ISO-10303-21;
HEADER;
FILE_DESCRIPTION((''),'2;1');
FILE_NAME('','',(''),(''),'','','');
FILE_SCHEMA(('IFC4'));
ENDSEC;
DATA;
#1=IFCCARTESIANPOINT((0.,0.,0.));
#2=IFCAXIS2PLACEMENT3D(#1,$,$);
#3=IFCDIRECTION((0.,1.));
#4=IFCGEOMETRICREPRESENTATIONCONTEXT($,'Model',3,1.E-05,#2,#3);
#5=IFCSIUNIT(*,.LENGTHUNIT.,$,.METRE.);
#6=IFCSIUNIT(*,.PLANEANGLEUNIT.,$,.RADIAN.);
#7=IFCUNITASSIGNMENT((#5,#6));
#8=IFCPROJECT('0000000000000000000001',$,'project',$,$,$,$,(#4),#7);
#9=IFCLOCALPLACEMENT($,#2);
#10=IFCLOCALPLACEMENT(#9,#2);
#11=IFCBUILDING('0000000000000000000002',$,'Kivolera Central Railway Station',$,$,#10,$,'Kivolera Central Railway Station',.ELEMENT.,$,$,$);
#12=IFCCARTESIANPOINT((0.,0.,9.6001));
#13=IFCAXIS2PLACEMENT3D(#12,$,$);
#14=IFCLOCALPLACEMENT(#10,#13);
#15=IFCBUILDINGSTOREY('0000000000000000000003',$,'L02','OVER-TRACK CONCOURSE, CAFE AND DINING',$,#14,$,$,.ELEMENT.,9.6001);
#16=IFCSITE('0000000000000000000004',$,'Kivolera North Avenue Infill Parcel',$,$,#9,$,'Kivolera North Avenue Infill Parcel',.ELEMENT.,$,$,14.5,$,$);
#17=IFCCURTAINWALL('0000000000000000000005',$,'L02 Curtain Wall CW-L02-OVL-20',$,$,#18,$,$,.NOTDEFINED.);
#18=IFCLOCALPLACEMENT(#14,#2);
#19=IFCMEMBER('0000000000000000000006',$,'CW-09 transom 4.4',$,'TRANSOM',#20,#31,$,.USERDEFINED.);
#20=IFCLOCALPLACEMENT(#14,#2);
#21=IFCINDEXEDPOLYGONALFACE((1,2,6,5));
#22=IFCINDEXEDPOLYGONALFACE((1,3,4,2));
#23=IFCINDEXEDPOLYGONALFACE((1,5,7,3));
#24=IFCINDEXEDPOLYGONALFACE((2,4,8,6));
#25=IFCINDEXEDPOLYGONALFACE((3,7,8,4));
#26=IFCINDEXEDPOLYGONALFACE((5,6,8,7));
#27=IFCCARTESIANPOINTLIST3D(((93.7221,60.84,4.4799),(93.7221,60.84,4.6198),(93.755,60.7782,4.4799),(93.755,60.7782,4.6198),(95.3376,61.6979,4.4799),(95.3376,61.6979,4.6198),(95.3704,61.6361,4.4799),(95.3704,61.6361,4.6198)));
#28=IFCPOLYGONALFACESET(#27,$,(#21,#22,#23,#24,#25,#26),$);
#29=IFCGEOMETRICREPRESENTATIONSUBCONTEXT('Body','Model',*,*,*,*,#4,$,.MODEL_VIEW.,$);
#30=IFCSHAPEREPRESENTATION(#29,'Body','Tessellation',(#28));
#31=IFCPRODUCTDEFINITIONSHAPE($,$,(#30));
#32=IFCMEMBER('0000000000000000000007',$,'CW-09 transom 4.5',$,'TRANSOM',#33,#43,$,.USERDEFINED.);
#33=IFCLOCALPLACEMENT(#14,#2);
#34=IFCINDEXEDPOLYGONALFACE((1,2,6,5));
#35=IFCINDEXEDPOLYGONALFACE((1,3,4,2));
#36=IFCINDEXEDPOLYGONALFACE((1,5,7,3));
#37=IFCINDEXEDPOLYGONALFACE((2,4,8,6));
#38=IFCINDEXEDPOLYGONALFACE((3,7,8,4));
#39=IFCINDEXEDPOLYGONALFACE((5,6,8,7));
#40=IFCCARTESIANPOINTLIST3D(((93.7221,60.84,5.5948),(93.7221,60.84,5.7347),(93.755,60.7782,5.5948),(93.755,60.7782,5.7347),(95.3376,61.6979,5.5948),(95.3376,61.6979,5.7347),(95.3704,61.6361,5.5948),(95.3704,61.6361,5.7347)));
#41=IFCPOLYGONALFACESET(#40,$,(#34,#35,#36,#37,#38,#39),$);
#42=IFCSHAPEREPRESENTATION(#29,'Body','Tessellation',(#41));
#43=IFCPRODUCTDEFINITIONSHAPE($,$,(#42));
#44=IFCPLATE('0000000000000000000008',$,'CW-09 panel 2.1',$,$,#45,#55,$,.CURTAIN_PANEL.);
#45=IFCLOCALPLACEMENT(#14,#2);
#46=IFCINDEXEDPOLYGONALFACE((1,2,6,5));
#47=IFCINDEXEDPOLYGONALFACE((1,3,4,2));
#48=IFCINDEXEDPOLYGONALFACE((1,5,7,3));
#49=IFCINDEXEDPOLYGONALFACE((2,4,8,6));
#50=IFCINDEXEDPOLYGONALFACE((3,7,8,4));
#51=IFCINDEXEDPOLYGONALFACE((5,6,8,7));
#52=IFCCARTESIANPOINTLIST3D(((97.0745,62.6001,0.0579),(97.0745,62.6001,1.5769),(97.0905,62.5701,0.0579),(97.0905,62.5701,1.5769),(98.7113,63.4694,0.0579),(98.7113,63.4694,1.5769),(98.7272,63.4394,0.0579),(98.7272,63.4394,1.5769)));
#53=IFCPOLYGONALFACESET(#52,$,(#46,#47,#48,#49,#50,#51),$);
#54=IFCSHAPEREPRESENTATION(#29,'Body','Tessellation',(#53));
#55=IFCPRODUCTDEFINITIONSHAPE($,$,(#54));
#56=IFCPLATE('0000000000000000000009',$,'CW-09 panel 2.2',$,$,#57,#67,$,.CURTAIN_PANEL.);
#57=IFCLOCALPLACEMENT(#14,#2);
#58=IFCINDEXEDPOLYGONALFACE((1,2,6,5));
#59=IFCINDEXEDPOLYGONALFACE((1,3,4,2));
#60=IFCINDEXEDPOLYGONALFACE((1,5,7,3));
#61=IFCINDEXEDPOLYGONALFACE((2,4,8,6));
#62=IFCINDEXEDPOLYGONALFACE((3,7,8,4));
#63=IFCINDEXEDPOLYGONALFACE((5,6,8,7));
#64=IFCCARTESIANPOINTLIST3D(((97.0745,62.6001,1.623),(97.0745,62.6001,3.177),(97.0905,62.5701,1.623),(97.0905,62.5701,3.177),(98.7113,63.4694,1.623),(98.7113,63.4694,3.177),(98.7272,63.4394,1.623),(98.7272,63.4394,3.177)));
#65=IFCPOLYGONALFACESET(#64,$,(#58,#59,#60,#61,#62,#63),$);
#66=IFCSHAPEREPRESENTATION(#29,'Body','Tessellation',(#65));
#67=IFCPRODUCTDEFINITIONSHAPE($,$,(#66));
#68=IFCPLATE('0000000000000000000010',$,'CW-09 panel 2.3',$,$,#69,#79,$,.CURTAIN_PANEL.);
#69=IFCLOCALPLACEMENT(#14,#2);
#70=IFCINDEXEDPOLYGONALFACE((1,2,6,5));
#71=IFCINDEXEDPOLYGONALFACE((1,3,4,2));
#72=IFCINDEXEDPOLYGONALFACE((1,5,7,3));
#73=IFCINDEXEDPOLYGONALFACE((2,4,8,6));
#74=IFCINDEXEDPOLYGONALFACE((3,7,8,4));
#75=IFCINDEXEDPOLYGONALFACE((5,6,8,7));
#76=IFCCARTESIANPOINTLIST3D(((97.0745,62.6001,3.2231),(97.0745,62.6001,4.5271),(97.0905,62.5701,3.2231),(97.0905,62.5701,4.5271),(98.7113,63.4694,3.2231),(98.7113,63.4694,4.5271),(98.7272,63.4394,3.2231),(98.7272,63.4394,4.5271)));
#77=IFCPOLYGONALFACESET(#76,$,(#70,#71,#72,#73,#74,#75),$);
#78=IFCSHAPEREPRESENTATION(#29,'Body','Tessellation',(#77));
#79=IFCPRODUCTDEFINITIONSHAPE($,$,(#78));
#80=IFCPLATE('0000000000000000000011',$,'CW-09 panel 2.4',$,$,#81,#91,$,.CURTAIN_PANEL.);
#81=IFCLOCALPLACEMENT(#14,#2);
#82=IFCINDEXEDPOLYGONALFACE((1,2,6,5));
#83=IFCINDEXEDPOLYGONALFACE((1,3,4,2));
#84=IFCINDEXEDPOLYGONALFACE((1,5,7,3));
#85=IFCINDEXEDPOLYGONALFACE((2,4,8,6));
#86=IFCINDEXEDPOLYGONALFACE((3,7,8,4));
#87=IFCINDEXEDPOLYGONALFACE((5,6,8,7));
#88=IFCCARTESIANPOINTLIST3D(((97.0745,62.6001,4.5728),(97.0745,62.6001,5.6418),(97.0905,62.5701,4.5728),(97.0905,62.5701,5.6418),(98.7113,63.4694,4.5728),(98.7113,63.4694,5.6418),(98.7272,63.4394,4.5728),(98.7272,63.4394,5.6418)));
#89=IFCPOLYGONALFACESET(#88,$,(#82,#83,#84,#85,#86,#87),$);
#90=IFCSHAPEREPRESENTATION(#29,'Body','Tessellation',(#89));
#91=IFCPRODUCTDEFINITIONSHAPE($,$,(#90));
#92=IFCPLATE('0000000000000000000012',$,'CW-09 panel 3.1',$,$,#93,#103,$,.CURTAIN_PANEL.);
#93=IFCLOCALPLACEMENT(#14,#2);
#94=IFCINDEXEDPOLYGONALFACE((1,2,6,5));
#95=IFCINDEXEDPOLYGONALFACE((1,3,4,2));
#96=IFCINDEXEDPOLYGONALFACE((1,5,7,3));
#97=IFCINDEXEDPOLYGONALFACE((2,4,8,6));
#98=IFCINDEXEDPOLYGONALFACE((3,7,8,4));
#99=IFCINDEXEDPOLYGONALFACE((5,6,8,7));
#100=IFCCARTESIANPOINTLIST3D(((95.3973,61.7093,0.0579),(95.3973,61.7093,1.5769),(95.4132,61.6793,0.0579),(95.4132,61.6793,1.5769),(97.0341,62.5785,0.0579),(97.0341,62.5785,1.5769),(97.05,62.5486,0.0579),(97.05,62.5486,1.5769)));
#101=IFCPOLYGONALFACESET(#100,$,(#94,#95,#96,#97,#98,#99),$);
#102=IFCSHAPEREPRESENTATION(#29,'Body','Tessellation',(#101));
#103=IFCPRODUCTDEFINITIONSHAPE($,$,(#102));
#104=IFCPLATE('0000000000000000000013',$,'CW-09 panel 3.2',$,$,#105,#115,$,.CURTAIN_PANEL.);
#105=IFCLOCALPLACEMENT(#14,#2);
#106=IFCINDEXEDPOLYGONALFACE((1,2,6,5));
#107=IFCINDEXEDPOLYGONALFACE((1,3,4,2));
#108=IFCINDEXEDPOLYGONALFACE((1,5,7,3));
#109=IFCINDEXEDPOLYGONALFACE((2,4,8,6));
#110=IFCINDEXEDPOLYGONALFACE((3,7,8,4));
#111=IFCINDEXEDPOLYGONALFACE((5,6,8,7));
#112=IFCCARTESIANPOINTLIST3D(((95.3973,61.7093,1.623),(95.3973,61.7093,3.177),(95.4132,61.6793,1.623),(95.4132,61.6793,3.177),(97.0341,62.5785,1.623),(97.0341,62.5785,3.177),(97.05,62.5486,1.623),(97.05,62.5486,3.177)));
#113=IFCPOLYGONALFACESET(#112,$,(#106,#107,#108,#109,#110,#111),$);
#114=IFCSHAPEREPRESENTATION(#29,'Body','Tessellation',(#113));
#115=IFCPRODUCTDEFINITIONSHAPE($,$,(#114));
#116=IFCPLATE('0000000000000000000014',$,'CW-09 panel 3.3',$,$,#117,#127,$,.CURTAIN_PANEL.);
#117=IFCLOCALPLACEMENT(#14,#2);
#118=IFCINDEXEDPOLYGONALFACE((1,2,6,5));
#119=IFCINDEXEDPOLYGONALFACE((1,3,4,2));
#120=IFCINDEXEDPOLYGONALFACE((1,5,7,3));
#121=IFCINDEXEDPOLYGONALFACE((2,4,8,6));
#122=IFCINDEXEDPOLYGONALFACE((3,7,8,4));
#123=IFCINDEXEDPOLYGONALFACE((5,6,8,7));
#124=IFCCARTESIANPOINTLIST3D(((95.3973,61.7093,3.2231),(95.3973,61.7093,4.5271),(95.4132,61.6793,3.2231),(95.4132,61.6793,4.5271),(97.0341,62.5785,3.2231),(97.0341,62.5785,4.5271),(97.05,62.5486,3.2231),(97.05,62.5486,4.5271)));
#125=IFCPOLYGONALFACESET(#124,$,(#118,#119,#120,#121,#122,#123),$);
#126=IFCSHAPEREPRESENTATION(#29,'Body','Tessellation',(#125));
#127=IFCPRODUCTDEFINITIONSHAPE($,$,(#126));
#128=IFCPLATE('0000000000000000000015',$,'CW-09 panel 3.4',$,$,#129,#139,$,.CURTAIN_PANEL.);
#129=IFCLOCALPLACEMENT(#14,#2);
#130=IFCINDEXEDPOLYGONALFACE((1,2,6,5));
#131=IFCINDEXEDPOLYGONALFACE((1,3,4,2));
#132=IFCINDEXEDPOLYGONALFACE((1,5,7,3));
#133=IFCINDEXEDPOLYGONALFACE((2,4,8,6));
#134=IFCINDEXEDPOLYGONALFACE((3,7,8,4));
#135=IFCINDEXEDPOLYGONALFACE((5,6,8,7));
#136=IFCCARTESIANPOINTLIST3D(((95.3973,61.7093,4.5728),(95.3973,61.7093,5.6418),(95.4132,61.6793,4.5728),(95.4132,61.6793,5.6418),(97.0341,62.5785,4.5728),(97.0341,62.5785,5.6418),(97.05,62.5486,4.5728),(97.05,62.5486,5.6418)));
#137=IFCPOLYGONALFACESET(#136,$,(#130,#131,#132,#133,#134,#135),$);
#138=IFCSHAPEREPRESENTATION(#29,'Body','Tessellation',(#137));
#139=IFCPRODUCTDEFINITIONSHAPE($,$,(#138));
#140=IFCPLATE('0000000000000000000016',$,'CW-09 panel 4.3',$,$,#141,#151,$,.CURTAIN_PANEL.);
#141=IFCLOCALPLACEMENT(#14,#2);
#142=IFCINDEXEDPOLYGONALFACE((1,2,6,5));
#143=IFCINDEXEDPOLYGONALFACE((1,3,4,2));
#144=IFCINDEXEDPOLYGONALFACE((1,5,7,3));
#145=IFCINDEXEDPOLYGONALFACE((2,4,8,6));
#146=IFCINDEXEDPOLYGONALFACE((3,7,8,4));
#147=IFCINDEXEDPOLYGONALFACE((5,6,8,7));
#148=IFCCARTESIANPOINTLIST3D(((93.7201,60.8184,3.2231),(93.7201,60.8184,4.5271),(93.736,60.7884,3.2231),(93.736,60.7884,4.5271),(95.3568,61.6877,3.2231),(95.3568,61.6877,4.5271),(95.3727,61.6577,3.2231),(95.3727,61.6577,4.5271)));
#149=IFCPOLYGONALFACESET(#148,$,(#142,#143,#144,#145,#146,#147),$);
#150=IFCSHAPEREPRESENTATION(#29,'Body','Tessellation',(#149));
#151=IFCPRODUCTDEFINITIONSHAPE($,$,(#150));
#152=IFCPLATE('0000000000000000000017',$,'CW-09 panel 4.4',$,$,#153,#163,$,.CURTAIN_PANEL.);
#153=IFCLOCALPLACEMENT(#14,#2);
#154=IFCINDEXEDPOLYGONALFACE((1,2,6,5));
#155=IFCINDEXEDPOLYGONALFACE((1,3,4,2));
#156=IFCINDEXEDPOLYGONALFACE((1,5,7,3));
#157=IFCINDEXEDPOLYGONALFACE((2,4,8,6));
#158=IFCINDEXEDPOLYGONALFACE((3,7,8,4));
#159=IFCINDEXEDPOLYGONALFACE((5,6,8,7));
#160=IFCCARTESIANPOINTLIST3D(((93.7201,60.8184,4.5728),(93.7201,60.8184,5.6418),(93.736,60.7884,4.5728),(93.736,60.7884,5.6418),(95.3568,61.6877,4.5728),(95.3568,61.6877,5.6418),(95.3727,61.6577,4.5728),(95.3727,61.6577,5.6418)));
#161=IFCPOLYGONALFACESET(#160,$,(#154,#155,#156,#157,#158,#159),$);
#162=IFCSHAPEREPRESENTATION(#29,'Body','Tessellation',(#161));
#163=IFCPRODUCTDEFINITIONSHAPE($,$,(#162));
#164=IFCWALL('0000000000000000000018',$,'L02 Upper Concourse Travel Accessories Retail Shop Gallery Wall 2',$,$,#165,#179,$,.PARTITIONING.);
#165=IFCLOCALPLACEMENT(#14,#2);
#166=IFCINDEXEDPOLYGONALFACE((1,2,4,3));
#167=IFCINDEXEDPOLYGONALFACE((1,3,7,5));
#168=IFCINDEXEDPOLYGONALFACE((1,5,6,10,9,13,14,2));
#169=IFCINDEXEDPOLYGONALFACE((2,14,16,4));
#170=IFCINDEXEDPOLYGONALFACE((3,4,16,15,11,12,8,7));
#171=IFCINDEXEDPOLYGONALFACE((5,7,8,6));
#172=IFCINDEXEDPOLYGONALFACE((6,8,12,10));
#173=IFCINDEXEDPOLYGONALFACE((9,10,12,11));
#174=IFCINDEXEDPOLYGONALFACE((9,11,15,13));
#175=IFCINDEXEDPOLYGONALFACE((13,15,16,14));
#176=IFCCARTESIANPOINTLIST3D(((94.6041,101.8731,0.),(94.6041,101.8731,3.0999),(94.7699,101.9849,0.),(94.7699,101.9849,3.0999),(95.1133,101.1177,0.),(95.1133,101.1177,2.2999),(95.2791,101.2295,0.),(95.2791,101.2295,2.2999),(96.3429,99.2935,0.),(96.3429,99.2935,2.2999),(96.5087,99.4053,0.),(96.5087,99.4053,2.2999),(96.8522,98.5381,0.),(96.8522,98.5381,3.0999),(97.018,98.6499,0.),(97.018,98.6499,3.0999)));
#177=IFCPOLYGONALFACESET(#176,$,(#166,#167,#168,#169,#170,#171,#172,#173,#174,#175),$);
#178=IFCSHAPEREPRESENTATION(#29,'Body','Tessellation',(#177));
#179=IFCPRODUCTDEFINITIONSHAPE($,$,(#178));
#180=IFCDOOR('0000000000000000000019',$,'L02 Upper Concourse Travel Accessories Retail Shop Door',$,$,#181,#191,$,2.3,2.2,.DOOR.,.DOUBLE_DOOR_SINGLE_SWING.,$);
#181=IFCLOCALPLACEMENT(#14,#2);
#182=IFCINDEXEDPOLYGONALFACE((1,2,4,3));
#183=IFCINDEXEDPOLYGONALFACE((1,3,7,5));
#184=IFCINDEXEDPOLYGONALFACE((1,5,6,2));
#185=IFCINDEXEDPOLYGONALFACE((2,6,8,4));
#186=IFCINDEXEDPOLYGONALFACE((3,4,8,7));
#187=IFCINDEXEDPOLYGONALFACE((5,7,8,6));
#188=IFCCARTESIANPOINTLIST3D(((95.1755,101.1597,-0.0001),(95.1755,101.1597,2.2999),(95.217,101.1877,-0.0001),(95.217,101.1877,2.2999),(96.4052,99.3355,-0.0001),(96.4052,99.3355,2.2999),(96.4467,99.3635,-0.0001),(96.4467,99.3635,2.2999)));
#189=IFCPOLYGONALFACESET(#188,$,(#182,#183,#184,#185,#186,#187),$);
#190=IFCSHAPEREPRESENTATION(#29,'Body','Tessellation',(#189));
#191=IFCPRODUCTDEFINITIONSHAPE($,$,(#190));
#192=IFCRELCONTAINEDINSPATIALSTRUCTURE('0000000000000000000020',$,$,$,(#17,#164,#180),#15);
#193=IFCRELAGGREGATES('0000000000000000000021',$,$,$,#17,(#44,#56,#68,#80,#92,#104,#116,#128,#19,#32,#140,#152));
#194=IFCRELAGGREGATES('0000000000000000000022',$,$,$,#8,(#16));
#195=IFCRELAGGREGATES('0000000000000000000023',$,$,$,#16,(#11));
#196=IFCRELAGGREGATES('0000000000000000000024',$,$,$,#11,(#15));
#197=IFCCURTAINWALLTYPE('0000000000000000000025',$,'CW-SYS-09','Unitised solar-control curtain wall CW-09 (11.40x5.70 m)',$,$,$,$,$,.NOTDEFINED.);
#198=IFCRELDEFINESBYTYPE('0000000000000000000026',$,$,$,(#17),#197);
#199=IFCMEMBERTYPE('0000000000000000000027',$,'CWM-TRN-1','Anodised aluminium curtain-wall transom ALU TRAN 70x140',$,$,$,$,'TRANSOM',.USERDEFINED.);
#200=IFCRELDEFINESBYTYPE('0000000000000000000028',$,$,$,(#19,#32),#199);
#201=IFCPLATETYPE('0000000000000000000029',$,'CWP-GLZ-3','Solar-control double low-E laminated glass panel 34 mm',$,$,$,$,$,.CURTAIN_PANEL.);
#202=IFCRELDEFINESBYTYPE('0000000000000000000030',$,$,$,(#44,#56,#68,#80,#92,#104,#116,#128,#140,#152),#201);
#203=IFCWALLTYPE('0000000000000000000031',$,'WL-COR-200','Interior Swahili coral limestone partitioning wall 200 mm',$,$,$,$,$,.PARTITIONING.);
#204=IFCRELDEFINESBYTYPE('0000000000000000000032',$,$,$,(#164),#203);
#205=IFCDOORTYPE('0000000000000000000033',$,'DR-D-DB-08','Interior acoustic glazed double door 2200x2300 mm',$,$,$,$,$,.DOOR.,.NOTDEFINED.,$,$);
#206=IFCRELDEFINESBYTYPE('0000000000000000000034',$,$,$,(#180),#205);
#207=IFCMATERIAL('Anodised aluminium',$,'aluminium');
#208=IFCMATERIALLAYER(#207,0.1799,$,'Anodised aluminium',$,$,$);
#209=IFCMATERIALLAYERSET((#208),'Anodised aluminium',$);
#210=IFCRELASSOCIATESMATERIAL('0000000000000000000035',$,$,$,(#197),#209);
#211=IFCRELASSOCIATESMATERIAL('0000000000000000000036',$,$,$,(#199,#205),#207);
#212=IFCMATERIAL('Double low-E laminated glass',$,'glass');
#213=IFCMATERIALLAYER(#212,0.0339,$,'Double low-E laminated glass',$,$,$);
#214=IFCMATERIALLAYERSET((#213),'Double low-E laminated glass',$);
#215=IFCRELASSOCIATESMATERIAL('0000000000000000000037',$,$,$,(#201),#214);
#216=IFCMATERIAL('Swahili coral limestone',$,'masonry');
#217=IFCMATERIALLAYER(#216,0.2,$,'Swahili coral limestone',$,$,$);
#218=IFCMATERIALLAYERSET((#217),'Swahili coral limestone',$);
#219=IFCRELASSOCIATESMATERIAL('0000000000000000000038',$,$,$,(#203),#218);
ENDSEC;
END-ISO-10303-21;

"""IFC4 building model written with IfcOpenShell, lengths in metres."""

from ifc_helpers import new_model, si_unit, direction, frame, frame_2d, origin, origin_2d, place, context, subcontext, project, spatial, rectangle, extrude, material, layer, layer_set, material_profile, profile_set, type_object, element, fill, aggregate, save


model = new_model("IFC4")

# Units and contexts
model_context = context("Model", 3, precision=1e-05, world=origin(), true_north=direction((0.0, 1.0)))
body_context = subcontext(model_context, "Body", "Model", "MODEL_VIEW")
ifc_project = project(units=[si_unit("LENGTHUNIT", "METRE"), si_unit("PLANEANGLEUNIT", "RADIAN")], contexts=[model_context])

# Site, building, storey
site_placement = place(None, origin())
site = spatial("IfcSite", under=ifc_project, at=site_placement, Name="Kivolera North Avenue Infill Parcel", LongName="Kivolera North Avenue Infill Parcel", CompositionType="ELEMENT", RefElevation=14.5)
building_placement = place(site_placement, origin())
building = spatial("IfcBuilding", under=site, at=building_placement, Name="Kivolera Central Railway Station", LongName="Kivolera Central Railway Station", CompositionType="ELEMENT")
storey_placement = place(building_placement, frame((0.0, 0.0, 9.6001)))
storey = spatial("IfcBuildingStorey", under=building, at=storey_placement, Name="L02", Description="OVER-TRACK CONCOURSE, CAFE AND DINING", CompositionType="ELEMENT", Elevation=9.6001)

# Curtain wall, members, plates
ifc_material_1 = material(Name="Anodised aluminium", Category="aluminium")
ifc_layer_1 = layer(ifc_material_1, 0.1799, Name="Anodised aluminium")
ifc_layer_set_1 = layer_set([ifc_layer_1], Name="Anodised aluminium")
curtain_wall_type = type_object("IfcCurtainWallType", Name="CW-SYS-09", Description="Unitised solar-control curtain wall CW-09 (11.40x5.70 m)", PredefinedType="NOTDEFINED", material=ifc_layer_set_1)
curtain_wall_placement = place(storey_placement, origin())
curtain_wall = element("IfcCurtainWall", 1, at=curtain_wall_placement, inside=storey, type_object=curtain_wall_type, Name="L02 Curtain Wall CW-L02-OVL-20", PredefinedType="NOTDEFINED")
ifc_material_profile_1 = material_profile(ifc_material_1, rectangle(XDim=0.0701, YDim=0.1399, at=origin_2d()), Name="ALU TRAN 70x140")
ifc_profile_set_1 = profile_set([ifc_material_profile_1], Name="Anodised aluminium")
member_type_1 = type_object("IfcMemberType", Name="CWM-TRN-1", Description="Anodised aluminium curtain-wall transom ALU TRAN 70x140", ElementType="TRANSOM", PredefinedType="USERDEFINED", material=ifc_profile_set_1)
member_1_placement = place(storey_placement, frame((95.354, 61.667, 4.5498), z_axis=(-0.883187, -0.469022, 0.0), x_axis=(0.469022, -0.883187, 0.0)))
member_1 = element("IfcMember", 2, at=member_1_placement, type_object=member_type_1, Name="CW-09 transom 4.4", ObjectType="TRANSOM", PredefinedType="USERDEFINED", context=body_context, shape_type="SweptSolid", body=[
    extrude(rectangle(XDim=0.0701, YDim=0.1399, at=origin_2d()), origin(), (0.0, 0.0, 1.0), 1.8291),
])
member_2_placement = place(storey_placement, frame((95.354, 61.667, 5.6648), z_axis=(-0.883187, -0.469022, 0.0), x_axis=(0.469022, -0.883187, 0.0)))
member_2 = element("IfcMember", 3, at=member_2_placement, type_object=member_type_1, Name="CW-09 transom 4.5", ObjectType="TRANSOM", PredefinedType="USERDEFINED", context=body_context, shape_type="SweptSolid", body=[
    extrude(rectangle(XDim=0.0701, YDim=0.1399, at=origin_2d()), origin(), (0.0, 0.0, 1.0), 1.8291),
])
ifc_material_2 = material(Name="Double low-E laminated glass", Category="glass")
ifc_layer_2 = layer(ifc_material_2, 0.0339, Name="Double low-E laminated glass")
ifc_layer_set_2 = layer_set([ifc_layer_2], Name="Double low-E laminated glass")
plate_type = type_object("IfcPlateType", Name="CWP-GLZ-3", Description="Solar-control double low-E laminated glass panel 34 mm", PredefinedType="CURTAIN_PANEL", material=ifc_layer_set_2)
plate_1_placement = place(storey_placement, frame((97.9009, 63.0198, 0.0579), z_axis=(0.0, 0.0, 1.0), x_axis=(-0.88317, -0.469053, 0.0)))
plate_1 = element("IfcPlate", 4, at=plate_1_placement, type_object=plate_type, Name="CW-09 panel 2.1", PredefinedType="CURTAIN_PANEL", context=body_context, shape_type="SweptSolid", body=[
    extrude(rectangle(XDim=1.8533, YDim=0.0339, at=origin_2d()), origin(), (0.0, 0.0, 1.0), 1.519),
])
plate_2_placement = place(storey_placement, frame((97.9009, 63.0198, 1.623), z_axis=(0.0, 0.0, 1.0), x_axis=(-0.88317, -0.469053, 0.0)))
plate_2 = element("IfcPlate", 5, at=plate_2_placement, type_object=plate_type, Name="CW-09 panel 2.2", PredefinedType="CURTAIN_PANEL", context=body_context, shape_type="SweptSolid", body=[
    extrude(rectangle(XDim=1.8533, YDim=0.0339, at=origin_2d()), origin(), (0.0, 0.0, 1.0), 1.554),
])
plate_3_placement = place(storey_placement, frame((97.9009, 63.0198, 3.2231), z_axis=(0.0, 0.0, 1.0), x_axis=(-0.88317, -0.469053, 0.0)))
plate_3 = element("IfcPlate", 6, at=plate_3_placement, type_object=plate_type, Name="CW-09 panel 2.3", PredefinedType="CURTAIN_PANEL", context=body_context, shape_type="SweptSolid", body=[
    extrude(rectangle(XDim=1.8533, YDim=0.0339, at=origin_2d()), origin(), (0.0, 0.0, 1.0), 1.304),
])
plate_4_placement = place(storey_placement, frame((97.9009, 63.0198, 4.5728), z_axis=(0.0, 0.0, 1.0), x_axis=(-0.88317, -0.469053, 0.0)))
plate_4 = element("IfcPlate", 7, at=plate_4_placement, type_object=plate_type, Name="CW-09 panel 2.4", PredefinedType="CURTAIN_PANEL", context=body_context, shape_type="SweptSolid", body=[
    extrude(rectangle(XDim=1.8533, YDim=0.0339, at=origin_2d()), origin(), (0.0, 0.0, 1.0), 1.0691),
])
plate_5_placement = place(storey_placement, frame((96.2236, 62.1289, 0.0579), z_axis=(0.0, 0.0, 1.0), x_axis=(-0.88317, -0.469053, 0.0)))
plate_5 = element("IfcPlate", 8, at=plate_5_placement, type_object=plate_type, Name="CW-09 panel 3.1", PredefinedType="CURTAIN_PANEL", context=body_context, shape_type="SweptSolid", body=[
    extrude(rectangle(XDim=1.8533, YDim=0.0339, at=origin_2d()), origin(), (0.0, 0.0, 1.0), 1.519),
])
plate_6_placement = place(storey_placement, frame((96.2236, 62.1289, 1.623), z_axis=(0.0, 0.0, 1.0), x_axis=(-0.88317, -0.469053, 0.0)))
plate_6 = element("IfcPlate", 9, at=plate_6_placement, type_object=plate_type, Name="CW-09 panel 3.2", PredefinedType="CURTAIN_PANEL", context=body_context, shape_type="SweptSolid", body=[
    extrude(rectangle(XDim=1.8533, YDim=0.0339, at=origin_2d()), origin(), (0.0, 0.0, 1.0), 1.554),
])
plate_7_placement = place(storey_placement, frame((96.2236, 62.1289, 3.2231), z_axis=(0.0, 0.0, 1.0), x_axis=(-0.88317, -0.469053, 0.0)))
plate_7 = element("IfcPlate", 10, at=plate_7_placement, type_object=plate_type, Name="CW-09 panel 3.3", PredefinedType="CURTAIN_PANEL", context=body_context, shape_type="SweptSolid", body=[
    extrude(rectangle(XDim=1.8533, YDim=0.0339, at=origin_2d()), origin(), (0.0, 0.0, 1.0), 1.304),
])
plate_8_placement = place(storey_placement, frame((96.2236, 62.1289, 4.5728), z_axis=(0.0, 0.0, 1.0), x_axis=(-0.88317, -0.469053, 0.0)))
plate_8 = element("IfcPlate", 11, at=plate_8_placement, type_object=plate_type, Name="CW-09 panel 3.4", PredefinedType="CURTAIN_PANEL", context=body_context, shape_type="SweptSolid", body=[
    extrude(rectangle(XDim=1.8533, YDim=0.0339, at=origin_2d()), origin(), (0.0, 0.0, 1.0), 1.0691),
])
plate_9_placement = place(storey_placement, frame((94.5464, 61.238, 3.2231), z_axis=(0.0, 0.0, 1.0), x_axis=(-0.88317, -0.469053, 0.0)))
plate_9 = element("IfcPlate", 12, at=plate_9_placement, type_object=plate_type, Name="CW-09 panel 4.3", PredefinedType="CURTAIN_PANEL", context=body_context, shape_type="SweptSolid", body=[
    extrude(rectangle(XDim=1.8533, YDim=0.0339, at=origin_2d()), origin(), (0.0, 0.0, 1.0), 1.304),
])
plate_10_placement = place(storey_placement, frame((94.5464, 61.238, 4.5728), z_axis=(0.0, 0.0, 1.0), x_axis=(-0.88317, -0.469053, 0.0)))
plate_10 = element("IfcPlate", 13, at=plate_10_placement, type_object=plate_type, Name="CW-09 panel 4.4", PredefinedType="CURTAIN_PANEL", context=body_context, shape_type="SweptSolid", body=[
    extrude(rectangle(XDim=1.8533, YDim=0.0339, at=origin_2d()), origin(), (0.0, 0.0, 1.0), 1.0691),
])
aggregate(curtain_wall, [plate_1, plate_2, plate_3, plate_4, plate_5, plate_6, plate_7, plate_8, member_1, member_2, plate_9, plate_10])

# Wall, opening, door
ifc_material_3 = material(Name="Swahili coral limestone", Category="masonry")
ifc_layer_3 = layer(ifc_material_3, 0.2, Name="Swahili coral limestone")
ifc_layer_set_3 = layer_set([ifc_layer_3], Name="Swahili coral limestone")
wall_type_1 = type_object("IfcWallType", Name="WL-COR-200", Description="Interior Swahili coral limestone partitioning wall 200 mm", PredefinedType="PARTITIONING", material=ifc_layer_set_3)
wall_1_placement = place(storey_placement, frame((96.9351, 98.594, 0.0), z_axis=(0.0, 0.0, 1.0), x_axis=(-0.558951, 0.8292, 0.0)))
wall_1 = element("IfcWall", 14, at=wall_1_placement, inside=storey, type_object=wall_type_1, Name="L02 Upper Concourse Travel Accessories Retail Shop Gallery Wall 2", PredefinedType="PARTITIONING", context=body_context, shape_type="SweptSolid", body=[
    extrude(rectangle(XDim=4.022, YDim=0.2, at=frame_2d((2.011, 0.0))), origin(), (0.0, 0.0, 1.0), 3.0999),
])
opening_placement = place(wall_1_placement, frame((0.9109, 0.0, 0.0)))
opening = element("IfcOpeningElement", 15, at=opening_placement, cuts=wall_1, PredefinedType="OPENING", context=body_context, shape_type="SweptSolid", body=[
    extrude(rectangle(XDim=2.2, YDim=2.3, at=frame_2d((1.1001, 1.1499))), frame((0.0, 0.1099, 0.0), z_axis=(0.0, -1.0, 0.0), x_axis=(1.0, 0.0, 0.0)), (0.0, 0.0, 1.0), 0.22),
])
door_type = type_object("IfcDoorType", Name="DR-D-DB-08", Description="Interior acoustic glazed double door 2200x2300 mm", OperationType="NOTDEFINED", PredefinedType="DOOR", material=ifc_material_1)
door_placement = place(opening_placement, origin())
door = element("IfcDoor", 16, at=door_placement, inside=storey, type_object=door_type, Name="L02 Upper Concourse Travel Accessories Retail Shop Door", OperationType="DOUBLE_DOOR_SINGLE_SWING", OverallHeight=2.3, OverallWidth=2.2, PredefinedType="DOOR", context=body_context, shape_type="SweptSolid", body=[
    extrude(rectangle(XDim=2.2, YDim=2.3, at=frame_2d((1.1001, 1.1499))), frame((0.0, 0.0249, 0.0), z_axis=(0.0, -1.0, 0.0), x_axis=(1.0, 0.0, 0.0)), (0.0, 0.0, 1.0), 0.05),
])
fill(opening, door)

save(model, "model.ifc")
